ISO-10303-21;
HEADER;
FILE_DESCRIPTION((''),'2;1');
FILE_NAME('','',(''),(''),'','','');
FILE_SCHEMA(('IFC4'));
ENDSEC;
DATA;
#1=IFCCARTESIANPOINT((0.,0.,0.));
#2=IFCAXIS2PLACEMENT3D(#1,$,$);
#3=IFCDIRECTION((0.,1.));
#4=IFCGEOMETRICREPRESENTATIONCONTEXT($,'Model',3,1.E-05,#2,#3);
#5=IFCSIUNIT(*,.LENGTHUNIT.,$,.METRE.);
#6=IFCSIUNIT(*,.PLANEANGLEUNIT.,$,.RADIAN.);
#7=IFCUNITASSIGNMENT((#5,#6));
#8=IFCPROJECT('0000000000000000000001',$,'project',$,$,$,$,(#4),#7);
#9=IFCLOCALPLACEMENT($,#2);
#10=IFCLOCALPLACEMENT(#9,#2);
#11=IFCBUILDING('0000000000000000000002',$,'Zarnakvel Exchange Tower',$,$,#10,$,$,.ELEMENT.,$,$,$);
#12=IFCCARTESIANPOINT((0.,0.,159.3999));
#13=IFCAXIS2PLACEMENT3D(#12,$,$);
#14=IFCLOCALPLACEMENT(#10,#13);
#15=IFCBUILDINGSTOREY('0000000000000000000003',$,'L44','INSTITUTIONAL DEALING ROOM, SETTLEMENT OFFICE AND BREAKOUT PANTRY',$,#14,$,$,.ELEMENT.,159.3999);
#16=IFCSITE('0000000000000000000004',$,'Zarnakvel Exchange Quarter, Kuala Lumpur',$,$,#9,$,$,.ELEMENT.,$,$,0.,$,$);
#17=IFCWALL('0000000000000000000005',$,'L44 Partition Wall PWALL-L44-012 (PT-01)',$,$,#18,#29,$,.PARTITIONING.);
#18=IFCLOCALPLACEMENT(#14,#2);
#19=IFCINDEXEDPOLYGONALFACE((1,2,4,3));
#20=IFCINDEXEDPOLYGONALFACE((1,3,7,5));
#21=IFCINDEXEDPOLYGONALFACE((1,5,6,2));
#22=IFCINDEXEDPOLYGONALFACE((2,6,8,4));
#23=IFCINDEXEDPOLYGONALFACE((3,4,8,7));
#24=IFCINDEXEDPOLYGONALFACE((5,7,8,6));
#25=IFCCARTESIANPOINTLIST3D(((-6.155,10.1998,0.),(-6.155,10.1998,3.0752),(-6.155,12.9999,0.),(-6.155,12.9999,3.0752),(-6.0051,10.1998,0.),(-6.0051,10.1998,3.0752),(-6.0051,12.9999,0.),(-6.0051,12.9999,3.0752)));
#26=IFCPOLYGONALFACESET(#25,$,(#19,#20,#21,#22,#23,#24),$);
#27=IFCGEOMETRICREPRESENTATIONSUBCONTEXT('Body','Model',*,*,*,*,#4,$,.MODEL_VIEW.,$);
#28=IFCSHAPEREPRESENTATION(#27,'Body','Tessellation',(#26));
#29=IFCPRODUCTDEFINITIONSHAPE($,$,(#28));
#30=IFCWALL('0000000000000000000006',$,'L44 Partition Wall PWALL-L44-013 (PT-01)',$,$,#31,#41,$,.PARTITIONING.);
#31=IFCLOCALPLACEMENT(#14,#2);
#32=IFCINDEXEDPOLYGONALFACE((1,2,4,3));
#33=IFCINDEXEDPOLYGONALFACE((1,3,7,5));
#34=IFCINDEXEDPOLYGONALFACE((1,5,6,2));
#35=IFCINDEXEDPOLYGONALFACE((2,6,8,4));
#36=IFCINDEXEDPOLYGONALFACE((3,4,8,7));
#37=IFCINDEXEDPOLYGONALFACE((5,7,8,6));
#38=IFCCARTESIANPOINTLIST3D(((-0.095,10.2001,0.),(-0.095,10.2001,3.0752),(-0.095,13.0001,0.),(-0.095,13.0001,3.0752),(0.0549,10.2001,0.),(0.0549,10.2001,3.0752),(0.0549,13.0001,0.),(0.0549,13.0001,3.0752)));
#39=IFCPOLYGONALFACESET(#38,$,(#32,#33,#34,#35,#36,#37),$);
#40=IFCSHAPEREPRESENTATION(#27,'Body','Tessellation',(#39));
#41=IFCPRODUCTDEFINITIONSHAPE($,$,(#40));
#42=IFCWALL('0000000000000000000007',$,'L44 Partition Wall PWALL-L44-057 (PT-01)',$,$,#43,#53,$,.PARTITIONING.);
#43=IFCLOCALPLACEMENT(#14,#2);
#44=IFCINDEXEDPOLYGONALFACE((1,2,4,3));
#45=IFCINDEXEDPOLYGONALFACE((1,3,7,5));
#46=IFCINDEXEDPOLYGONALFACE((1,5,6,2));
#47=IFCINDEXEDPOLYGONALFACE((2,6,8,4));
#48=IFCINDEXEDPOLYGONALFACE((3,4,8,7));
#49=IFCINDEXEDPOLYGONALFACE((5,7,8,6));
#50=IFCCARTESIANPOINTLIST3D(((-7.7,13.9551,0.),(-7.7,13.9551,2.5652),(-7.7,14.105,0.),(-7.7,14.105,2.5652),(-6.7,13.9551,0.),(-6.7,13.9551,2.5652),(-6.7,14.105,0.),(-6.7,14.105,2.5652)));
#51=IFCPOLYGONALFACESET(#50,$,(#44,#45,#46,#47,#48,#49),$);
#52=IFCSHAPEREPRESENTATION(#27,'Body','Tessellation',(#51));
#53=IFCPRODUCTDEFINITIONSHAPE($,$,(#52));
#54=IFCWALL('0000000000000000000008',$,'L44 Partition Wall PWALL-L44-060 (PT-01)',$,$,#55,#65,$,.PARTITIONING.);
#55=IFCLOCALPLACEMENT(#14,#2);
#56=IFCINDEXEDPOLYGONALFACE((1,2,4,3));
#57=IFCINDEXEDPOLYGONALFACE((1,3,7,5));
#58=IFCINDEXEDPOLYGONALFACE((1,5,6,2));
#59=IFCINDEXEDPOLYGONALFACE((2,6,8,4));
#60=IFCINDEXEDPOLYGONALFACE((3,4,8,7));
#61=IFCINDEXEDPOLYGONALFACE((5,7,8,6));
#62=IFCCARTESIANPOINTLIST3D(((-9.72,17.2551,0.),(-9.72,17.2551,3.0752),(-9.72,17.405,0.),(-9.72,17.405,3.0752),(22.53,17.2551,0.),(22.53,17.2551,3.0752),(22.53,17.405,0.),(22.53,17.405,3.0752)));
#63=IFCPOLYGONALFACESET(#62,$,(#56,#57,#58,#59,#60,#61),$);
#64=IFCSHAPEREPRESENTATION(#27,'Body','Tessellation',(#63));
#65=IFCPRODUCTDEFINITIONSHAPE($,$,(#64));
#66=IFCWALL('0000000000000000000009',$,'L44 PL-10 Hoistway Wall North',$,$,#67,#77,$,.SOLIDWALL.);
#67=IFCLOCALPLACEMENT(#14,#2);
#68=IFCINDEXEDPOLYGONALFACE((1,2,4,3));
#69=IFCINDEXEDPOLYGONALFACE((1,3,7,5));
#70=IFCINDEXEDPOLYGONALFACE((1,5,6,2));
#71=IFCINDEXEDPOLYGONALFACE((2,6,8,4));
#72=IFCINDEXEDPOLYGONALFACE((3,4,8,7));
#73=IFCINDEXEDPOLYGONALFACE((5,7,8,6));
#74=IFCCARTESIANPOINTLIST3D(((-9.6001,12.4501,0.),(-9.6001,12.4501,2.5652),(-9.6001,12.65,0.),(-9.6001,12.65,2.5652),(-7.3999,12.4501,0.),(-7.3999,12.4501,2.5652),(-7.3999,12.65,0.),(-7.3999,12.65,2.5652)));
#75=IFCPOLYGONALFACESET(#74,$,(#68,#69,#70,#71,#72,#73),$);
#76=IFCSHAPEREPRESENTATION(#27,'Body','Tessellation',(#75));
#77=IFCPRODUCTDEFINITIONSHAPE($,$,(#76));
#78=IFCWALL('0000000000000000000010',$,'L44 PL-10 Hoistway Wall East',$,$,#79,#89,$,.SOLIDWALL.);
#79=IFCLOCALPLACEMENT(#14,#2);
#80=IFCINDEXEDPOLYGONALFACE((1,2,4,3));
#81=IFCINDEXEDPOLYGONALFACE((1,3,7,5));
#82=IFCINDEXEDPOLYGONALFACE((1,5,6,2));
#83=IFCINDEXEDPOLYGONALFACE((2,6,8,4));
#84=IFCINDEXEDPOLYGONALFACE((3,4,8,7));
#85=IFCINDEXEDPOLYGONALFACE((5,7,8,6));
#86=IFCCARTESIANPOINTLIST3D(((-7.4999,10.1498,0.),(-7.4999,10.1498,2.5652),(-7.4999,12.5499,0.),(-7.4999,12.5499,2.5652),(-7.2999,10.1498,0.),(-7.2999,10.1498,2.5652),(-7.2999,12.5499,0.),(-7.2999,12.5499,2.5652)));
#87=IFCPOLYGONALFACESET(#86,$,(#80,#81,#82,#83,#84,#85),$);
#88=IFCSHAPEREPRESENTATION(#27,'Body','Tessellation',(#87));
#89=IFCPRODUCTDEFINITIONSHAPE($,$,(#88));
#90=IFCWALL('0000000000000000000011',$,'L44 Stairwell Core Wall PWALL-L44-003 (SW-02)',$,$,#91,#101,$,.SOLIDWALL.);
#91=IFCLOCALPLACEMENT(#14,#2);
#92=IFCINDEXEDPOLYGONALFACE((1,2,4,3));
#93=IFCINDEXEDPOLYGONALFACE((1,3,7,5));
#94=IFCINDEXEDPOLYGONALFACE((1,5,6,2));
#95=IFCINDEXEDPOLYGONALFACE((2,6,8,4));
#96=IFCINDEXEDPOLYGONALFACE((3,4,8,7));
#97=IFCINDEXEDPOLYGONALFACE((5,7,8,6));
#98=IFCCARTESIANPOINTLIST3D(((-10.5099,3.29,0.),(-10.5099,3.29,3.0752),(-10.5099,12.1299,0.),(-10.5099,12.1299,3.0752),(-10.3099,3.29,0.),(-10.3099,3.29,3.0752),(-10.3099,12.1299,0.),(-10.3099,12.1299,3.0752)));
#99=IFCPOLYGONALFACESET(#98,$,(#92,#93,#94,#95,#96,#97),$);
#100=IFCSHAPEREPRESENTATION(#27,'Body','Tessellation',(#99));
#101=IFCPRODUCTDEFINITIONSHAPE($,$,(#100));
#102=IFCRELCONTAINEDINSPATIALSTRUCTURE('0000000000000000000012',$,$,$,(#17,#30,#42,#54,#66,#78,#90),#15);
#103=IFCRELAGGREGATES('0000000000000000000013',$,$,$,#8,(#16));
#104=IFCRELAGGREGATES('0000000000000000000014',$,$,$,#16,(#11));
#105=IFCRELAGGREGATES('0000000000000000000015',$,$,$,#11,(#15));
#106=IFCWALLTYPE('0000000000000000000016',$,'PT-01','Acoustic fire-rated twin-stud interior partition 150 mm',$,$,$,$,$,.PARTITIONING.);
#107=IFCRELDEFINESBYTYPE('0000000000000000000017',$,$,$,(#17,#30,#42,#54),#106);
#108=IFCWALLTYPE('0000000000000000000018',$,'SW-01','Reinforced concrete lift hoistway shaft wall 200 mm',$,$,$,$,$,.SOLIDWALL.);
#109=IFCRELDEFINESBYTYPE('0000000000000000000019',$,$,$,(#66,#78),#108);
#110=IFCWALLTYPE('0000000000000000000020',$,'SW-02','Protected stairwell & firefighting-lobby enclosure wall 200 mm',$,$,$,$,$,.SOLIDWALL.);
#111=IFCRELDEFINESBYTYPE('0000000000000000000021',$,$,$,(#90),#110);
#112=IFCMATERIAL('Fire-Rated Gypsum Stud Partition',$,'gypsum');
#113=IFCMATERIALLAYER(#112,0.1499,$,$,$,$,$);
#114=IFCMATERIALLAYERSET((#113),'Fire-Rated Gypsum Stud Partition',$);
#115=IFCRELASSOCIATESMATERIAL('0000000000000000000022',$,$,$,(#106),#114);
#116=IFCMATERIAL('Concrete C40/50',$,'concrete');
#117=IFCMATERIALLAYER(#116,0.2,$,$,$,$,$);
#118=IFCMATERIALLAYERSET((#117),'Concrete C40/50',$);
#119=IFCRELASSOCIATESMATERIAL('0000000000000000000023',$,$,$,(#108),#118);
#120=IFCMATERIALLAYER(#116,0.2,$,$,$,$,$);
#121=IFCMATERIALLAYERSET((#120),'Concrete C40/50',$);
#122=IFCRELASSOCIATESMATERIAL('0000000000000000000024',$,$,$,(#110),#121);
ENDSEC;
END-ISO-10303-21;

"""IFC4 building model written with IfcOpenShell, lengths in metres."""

from ifc_helpers import new_model, si_unit, direction, frame, frame_2d, origin, place, context, subcontext, project, spatial, rectangle, extrude, material, layer, layer_set, type_object, element, save


model = new_model("IFC4")

# Units and contexts
model_context = context("Model", 3, precision=1e-05, world=origin(), true_north=direction((0.0, 1.0)))
body_context = subcontext(model_context, "Body", "Model", "MODEL_VIEW")
ifc_project = project(units=[si_unit("LENGTHUNIT", "METRE"), si_unit("PLANEANGLEUNIT", "RADIAN")], contexts=[model_context])

# Site, building, storey
site_placement = place(None, origin())
site = spatial("IfcSite", under=ifc_project, at=site_placement, Name="Zarnakvel Exchange Quarter, Kuala Lumpur", CompositionType="ELEMENT", RefElevation=0.0)
building_placement = place(site_placement, origin())
building = spatial("IfcBuilding", under=site, at=building_placement, Name="Zarnakvel Exchange Tower", CompositionType="ELEMENT")
storey_placement = place(building_placement, frame((0.0, 0.0, 159.3999)))
storey = spatial("IfcBuildingStorey", under=building, at=storey_placement, Name="L44", Description="INSTITUTIONAL DEALING ROOM, SETTLEMENT OFFICE AND BREAKOUT PANTRY", CompositionType="ELEMENT", Elevation=159.3999)

# Shared definitions
ifc_material_1 = material(Name="Fire-Rated Gypsum Stud Partition", Category="gypsum")
ifc_layer_1 = layer(ifc_material_1, 0.1499)
ifc_layer_set_1 = layer_set([ifc_layer_1], Name="Fire-Rated Gypsum Stud Partition")
wall_type_1 = type_object("IfcWallType", Name="PT-01", Description="Acoustic fire-rated twin-stud interior partition 150 mm", PredefinedType="PARTITIONING", material=ifc_layer_set_1)

# Walls
for number, where, z_axis, x_axis, name in (
    (1, (-6.0801, 10.2, 0.0), (0.0, 0.0, 1.0), (0.0, 1.0, 0.0), "L44 Partition Wall PWALL-L44-012 (PT-01)"),
    (2, (-0.02, 13.0, 0.0), (0.0, 0.0, 1.0), (0.0, -1.0, 0.0), "L44 Partition Wall PWALL-L44-013 (PT-01)"),
):
    element("IfcWall", number, at=place(storey_placement, frame(where, z_axis=z_axis, x_axis=x_axis)), inside=storey, type_object=wall_type_1, Name=name, PredefinedType="PARTITIONING", context=body_context, shape_type="SweptSolid", body=[
        extrude(rectangle(XDim=2.8, YDim=0.1499, at=frame_2d((1.3999, 0.0))), origin(), (0.0, 0.0, 1.0), 3.0752),
    ])
wall_1_placement = place(storey_placement, frame((-6.7, 14.03, 0.0), z_axis=(0.0, 0.0, 1.0), x_axis=(-1.0, 0.0, 0.0)))
element("IfcWall", 3, at=wall_1_placement, inside=storey, type_object=wall_type_1, Name="L44 Partition Wall PWALL-L44-057 (PT-01)", PredefinedType="PARTITIONING", context=body_context, shape_type="SweptSolid", body=[
    extrude(rectangle(XDim=1.0, YDim=0.1499, at=frame_2d((0.5, 0.0))), origin(), (0.0, 0.0, 1.0), 2.5652),
])
wall_2_placement = place(storey_placement, frame((-9.72, 17.3301, 0.0), z_axis=(0.0, 0.0, 1.0), x_axis=(1.0, 0.0, 0.0)))
element("IfcWall", 4, at=wall_2_placement, inside=storey, type_object=wall_type_1, Name="L44 Partition Wall PWALL-L44-060 (PT-01)", PredefinedType="PARTITIONING", context=body_context, shape_type="SweptSolid", body=[
    extrude(rectangle(XDim=32.25, YDim=0.1499, at=frame_2d((16.125, 0.0))), origin(), (0.0, 0.0, 1.0), 3.0752),
])

# Walls
ifc_material_2 = material(Name="Concrete C40/50", Category="concrete")
ifc_layer_2 = layer(ifc_material_2, 0.2)
ifc_layer_set_2 = layer_set([ifc_layer_2], Name="Concrete C40/50")
wall_type_2 = type_object("IfcWallType", Name="SW-01", Description="Reinforced concrete lift hoistway shaft wall 200 mm", PredefinedType="SOLIDWALL", material=ifc_layer_set_2)
wall_3_placement = place(storey_placement, frame((-9.6001, 12.55, 0.0), z_axis=(0.0, 0.0, 1.0), x_axis=(1.0, 0.0, 0.0)))
element("IfcWall", 5, at=wall_3_placement, inside=storey, type_object=wall_type_2, Name="L44 PL-10 Hoistway Wall North", PredefinedType="SOLIDWALL", context=body_context, shape_type="SweptSolid", body=[
    extrude(rectangle(XDim=2.2002, YDim=0.2, at=frame_2d((1.1001, 0.0))), origin(), (0.0, 0.0, 1.0), 2.5652),
])
wall_4_placement = place(storey_placement, frame((-7.3999, 12.55, 0.0), z_axis=(0.0, 0.0, 1.0), x_axis=(0.0, -1.0, 0.0)))
element("IfcWall", 6, at=wall_4_placement, inside=storey, type_object=wall_type_2, Name="L44 PL-10 Hoistway Wall East", PredefinedType="SOLIDWALL", context=body_context, shape_type="SweptSolid", body=[
    extrude(rectangle(XDim=2.4001, YDim=0.2, at=frame_2d((1.2002, 0.0))), origin(), (0.0, 0.0, 1.0), 2.5652),
])
ifc_layer_3 = layer(ifc_material_2, 0.2)
ifc_layer_set_3 = layer_set([ifc_layer_3], Name="Concrete C40/50")
wall_type_3 = type_object("IfcWallType", Name="SW-02", Description="Protected stairwell & firefighting-lobby enclosure wall 200 mm", PredefinedType="SOLIDWALL", material=ifc_layer_set_3)
wall_5_placement = place(storey_placement, frame((-10.4099, 12.1299, 0.0), z_axis=(0.0, 0.0, 1.0), x_axis=(0.0, -1.0, 0.0)))
element("IfcWall", 7, at=wall_5_placement, inside=storey, type_object=wall_type_3, Name="L44 Stairwell Core Wall PWALL-L44-003 (SW-02)", PredefinedType="SOLIDWALL", context=body_context, shape_type="SweptSolid", body=[
    extrude(rectangle(XDim=8.8398, YDim=0.2, at=frame_2d((4.4199, 0.0))), origin(), (0.0, 0.0, 1.0), 3.0752),
])

save(model, "model.ifc")
